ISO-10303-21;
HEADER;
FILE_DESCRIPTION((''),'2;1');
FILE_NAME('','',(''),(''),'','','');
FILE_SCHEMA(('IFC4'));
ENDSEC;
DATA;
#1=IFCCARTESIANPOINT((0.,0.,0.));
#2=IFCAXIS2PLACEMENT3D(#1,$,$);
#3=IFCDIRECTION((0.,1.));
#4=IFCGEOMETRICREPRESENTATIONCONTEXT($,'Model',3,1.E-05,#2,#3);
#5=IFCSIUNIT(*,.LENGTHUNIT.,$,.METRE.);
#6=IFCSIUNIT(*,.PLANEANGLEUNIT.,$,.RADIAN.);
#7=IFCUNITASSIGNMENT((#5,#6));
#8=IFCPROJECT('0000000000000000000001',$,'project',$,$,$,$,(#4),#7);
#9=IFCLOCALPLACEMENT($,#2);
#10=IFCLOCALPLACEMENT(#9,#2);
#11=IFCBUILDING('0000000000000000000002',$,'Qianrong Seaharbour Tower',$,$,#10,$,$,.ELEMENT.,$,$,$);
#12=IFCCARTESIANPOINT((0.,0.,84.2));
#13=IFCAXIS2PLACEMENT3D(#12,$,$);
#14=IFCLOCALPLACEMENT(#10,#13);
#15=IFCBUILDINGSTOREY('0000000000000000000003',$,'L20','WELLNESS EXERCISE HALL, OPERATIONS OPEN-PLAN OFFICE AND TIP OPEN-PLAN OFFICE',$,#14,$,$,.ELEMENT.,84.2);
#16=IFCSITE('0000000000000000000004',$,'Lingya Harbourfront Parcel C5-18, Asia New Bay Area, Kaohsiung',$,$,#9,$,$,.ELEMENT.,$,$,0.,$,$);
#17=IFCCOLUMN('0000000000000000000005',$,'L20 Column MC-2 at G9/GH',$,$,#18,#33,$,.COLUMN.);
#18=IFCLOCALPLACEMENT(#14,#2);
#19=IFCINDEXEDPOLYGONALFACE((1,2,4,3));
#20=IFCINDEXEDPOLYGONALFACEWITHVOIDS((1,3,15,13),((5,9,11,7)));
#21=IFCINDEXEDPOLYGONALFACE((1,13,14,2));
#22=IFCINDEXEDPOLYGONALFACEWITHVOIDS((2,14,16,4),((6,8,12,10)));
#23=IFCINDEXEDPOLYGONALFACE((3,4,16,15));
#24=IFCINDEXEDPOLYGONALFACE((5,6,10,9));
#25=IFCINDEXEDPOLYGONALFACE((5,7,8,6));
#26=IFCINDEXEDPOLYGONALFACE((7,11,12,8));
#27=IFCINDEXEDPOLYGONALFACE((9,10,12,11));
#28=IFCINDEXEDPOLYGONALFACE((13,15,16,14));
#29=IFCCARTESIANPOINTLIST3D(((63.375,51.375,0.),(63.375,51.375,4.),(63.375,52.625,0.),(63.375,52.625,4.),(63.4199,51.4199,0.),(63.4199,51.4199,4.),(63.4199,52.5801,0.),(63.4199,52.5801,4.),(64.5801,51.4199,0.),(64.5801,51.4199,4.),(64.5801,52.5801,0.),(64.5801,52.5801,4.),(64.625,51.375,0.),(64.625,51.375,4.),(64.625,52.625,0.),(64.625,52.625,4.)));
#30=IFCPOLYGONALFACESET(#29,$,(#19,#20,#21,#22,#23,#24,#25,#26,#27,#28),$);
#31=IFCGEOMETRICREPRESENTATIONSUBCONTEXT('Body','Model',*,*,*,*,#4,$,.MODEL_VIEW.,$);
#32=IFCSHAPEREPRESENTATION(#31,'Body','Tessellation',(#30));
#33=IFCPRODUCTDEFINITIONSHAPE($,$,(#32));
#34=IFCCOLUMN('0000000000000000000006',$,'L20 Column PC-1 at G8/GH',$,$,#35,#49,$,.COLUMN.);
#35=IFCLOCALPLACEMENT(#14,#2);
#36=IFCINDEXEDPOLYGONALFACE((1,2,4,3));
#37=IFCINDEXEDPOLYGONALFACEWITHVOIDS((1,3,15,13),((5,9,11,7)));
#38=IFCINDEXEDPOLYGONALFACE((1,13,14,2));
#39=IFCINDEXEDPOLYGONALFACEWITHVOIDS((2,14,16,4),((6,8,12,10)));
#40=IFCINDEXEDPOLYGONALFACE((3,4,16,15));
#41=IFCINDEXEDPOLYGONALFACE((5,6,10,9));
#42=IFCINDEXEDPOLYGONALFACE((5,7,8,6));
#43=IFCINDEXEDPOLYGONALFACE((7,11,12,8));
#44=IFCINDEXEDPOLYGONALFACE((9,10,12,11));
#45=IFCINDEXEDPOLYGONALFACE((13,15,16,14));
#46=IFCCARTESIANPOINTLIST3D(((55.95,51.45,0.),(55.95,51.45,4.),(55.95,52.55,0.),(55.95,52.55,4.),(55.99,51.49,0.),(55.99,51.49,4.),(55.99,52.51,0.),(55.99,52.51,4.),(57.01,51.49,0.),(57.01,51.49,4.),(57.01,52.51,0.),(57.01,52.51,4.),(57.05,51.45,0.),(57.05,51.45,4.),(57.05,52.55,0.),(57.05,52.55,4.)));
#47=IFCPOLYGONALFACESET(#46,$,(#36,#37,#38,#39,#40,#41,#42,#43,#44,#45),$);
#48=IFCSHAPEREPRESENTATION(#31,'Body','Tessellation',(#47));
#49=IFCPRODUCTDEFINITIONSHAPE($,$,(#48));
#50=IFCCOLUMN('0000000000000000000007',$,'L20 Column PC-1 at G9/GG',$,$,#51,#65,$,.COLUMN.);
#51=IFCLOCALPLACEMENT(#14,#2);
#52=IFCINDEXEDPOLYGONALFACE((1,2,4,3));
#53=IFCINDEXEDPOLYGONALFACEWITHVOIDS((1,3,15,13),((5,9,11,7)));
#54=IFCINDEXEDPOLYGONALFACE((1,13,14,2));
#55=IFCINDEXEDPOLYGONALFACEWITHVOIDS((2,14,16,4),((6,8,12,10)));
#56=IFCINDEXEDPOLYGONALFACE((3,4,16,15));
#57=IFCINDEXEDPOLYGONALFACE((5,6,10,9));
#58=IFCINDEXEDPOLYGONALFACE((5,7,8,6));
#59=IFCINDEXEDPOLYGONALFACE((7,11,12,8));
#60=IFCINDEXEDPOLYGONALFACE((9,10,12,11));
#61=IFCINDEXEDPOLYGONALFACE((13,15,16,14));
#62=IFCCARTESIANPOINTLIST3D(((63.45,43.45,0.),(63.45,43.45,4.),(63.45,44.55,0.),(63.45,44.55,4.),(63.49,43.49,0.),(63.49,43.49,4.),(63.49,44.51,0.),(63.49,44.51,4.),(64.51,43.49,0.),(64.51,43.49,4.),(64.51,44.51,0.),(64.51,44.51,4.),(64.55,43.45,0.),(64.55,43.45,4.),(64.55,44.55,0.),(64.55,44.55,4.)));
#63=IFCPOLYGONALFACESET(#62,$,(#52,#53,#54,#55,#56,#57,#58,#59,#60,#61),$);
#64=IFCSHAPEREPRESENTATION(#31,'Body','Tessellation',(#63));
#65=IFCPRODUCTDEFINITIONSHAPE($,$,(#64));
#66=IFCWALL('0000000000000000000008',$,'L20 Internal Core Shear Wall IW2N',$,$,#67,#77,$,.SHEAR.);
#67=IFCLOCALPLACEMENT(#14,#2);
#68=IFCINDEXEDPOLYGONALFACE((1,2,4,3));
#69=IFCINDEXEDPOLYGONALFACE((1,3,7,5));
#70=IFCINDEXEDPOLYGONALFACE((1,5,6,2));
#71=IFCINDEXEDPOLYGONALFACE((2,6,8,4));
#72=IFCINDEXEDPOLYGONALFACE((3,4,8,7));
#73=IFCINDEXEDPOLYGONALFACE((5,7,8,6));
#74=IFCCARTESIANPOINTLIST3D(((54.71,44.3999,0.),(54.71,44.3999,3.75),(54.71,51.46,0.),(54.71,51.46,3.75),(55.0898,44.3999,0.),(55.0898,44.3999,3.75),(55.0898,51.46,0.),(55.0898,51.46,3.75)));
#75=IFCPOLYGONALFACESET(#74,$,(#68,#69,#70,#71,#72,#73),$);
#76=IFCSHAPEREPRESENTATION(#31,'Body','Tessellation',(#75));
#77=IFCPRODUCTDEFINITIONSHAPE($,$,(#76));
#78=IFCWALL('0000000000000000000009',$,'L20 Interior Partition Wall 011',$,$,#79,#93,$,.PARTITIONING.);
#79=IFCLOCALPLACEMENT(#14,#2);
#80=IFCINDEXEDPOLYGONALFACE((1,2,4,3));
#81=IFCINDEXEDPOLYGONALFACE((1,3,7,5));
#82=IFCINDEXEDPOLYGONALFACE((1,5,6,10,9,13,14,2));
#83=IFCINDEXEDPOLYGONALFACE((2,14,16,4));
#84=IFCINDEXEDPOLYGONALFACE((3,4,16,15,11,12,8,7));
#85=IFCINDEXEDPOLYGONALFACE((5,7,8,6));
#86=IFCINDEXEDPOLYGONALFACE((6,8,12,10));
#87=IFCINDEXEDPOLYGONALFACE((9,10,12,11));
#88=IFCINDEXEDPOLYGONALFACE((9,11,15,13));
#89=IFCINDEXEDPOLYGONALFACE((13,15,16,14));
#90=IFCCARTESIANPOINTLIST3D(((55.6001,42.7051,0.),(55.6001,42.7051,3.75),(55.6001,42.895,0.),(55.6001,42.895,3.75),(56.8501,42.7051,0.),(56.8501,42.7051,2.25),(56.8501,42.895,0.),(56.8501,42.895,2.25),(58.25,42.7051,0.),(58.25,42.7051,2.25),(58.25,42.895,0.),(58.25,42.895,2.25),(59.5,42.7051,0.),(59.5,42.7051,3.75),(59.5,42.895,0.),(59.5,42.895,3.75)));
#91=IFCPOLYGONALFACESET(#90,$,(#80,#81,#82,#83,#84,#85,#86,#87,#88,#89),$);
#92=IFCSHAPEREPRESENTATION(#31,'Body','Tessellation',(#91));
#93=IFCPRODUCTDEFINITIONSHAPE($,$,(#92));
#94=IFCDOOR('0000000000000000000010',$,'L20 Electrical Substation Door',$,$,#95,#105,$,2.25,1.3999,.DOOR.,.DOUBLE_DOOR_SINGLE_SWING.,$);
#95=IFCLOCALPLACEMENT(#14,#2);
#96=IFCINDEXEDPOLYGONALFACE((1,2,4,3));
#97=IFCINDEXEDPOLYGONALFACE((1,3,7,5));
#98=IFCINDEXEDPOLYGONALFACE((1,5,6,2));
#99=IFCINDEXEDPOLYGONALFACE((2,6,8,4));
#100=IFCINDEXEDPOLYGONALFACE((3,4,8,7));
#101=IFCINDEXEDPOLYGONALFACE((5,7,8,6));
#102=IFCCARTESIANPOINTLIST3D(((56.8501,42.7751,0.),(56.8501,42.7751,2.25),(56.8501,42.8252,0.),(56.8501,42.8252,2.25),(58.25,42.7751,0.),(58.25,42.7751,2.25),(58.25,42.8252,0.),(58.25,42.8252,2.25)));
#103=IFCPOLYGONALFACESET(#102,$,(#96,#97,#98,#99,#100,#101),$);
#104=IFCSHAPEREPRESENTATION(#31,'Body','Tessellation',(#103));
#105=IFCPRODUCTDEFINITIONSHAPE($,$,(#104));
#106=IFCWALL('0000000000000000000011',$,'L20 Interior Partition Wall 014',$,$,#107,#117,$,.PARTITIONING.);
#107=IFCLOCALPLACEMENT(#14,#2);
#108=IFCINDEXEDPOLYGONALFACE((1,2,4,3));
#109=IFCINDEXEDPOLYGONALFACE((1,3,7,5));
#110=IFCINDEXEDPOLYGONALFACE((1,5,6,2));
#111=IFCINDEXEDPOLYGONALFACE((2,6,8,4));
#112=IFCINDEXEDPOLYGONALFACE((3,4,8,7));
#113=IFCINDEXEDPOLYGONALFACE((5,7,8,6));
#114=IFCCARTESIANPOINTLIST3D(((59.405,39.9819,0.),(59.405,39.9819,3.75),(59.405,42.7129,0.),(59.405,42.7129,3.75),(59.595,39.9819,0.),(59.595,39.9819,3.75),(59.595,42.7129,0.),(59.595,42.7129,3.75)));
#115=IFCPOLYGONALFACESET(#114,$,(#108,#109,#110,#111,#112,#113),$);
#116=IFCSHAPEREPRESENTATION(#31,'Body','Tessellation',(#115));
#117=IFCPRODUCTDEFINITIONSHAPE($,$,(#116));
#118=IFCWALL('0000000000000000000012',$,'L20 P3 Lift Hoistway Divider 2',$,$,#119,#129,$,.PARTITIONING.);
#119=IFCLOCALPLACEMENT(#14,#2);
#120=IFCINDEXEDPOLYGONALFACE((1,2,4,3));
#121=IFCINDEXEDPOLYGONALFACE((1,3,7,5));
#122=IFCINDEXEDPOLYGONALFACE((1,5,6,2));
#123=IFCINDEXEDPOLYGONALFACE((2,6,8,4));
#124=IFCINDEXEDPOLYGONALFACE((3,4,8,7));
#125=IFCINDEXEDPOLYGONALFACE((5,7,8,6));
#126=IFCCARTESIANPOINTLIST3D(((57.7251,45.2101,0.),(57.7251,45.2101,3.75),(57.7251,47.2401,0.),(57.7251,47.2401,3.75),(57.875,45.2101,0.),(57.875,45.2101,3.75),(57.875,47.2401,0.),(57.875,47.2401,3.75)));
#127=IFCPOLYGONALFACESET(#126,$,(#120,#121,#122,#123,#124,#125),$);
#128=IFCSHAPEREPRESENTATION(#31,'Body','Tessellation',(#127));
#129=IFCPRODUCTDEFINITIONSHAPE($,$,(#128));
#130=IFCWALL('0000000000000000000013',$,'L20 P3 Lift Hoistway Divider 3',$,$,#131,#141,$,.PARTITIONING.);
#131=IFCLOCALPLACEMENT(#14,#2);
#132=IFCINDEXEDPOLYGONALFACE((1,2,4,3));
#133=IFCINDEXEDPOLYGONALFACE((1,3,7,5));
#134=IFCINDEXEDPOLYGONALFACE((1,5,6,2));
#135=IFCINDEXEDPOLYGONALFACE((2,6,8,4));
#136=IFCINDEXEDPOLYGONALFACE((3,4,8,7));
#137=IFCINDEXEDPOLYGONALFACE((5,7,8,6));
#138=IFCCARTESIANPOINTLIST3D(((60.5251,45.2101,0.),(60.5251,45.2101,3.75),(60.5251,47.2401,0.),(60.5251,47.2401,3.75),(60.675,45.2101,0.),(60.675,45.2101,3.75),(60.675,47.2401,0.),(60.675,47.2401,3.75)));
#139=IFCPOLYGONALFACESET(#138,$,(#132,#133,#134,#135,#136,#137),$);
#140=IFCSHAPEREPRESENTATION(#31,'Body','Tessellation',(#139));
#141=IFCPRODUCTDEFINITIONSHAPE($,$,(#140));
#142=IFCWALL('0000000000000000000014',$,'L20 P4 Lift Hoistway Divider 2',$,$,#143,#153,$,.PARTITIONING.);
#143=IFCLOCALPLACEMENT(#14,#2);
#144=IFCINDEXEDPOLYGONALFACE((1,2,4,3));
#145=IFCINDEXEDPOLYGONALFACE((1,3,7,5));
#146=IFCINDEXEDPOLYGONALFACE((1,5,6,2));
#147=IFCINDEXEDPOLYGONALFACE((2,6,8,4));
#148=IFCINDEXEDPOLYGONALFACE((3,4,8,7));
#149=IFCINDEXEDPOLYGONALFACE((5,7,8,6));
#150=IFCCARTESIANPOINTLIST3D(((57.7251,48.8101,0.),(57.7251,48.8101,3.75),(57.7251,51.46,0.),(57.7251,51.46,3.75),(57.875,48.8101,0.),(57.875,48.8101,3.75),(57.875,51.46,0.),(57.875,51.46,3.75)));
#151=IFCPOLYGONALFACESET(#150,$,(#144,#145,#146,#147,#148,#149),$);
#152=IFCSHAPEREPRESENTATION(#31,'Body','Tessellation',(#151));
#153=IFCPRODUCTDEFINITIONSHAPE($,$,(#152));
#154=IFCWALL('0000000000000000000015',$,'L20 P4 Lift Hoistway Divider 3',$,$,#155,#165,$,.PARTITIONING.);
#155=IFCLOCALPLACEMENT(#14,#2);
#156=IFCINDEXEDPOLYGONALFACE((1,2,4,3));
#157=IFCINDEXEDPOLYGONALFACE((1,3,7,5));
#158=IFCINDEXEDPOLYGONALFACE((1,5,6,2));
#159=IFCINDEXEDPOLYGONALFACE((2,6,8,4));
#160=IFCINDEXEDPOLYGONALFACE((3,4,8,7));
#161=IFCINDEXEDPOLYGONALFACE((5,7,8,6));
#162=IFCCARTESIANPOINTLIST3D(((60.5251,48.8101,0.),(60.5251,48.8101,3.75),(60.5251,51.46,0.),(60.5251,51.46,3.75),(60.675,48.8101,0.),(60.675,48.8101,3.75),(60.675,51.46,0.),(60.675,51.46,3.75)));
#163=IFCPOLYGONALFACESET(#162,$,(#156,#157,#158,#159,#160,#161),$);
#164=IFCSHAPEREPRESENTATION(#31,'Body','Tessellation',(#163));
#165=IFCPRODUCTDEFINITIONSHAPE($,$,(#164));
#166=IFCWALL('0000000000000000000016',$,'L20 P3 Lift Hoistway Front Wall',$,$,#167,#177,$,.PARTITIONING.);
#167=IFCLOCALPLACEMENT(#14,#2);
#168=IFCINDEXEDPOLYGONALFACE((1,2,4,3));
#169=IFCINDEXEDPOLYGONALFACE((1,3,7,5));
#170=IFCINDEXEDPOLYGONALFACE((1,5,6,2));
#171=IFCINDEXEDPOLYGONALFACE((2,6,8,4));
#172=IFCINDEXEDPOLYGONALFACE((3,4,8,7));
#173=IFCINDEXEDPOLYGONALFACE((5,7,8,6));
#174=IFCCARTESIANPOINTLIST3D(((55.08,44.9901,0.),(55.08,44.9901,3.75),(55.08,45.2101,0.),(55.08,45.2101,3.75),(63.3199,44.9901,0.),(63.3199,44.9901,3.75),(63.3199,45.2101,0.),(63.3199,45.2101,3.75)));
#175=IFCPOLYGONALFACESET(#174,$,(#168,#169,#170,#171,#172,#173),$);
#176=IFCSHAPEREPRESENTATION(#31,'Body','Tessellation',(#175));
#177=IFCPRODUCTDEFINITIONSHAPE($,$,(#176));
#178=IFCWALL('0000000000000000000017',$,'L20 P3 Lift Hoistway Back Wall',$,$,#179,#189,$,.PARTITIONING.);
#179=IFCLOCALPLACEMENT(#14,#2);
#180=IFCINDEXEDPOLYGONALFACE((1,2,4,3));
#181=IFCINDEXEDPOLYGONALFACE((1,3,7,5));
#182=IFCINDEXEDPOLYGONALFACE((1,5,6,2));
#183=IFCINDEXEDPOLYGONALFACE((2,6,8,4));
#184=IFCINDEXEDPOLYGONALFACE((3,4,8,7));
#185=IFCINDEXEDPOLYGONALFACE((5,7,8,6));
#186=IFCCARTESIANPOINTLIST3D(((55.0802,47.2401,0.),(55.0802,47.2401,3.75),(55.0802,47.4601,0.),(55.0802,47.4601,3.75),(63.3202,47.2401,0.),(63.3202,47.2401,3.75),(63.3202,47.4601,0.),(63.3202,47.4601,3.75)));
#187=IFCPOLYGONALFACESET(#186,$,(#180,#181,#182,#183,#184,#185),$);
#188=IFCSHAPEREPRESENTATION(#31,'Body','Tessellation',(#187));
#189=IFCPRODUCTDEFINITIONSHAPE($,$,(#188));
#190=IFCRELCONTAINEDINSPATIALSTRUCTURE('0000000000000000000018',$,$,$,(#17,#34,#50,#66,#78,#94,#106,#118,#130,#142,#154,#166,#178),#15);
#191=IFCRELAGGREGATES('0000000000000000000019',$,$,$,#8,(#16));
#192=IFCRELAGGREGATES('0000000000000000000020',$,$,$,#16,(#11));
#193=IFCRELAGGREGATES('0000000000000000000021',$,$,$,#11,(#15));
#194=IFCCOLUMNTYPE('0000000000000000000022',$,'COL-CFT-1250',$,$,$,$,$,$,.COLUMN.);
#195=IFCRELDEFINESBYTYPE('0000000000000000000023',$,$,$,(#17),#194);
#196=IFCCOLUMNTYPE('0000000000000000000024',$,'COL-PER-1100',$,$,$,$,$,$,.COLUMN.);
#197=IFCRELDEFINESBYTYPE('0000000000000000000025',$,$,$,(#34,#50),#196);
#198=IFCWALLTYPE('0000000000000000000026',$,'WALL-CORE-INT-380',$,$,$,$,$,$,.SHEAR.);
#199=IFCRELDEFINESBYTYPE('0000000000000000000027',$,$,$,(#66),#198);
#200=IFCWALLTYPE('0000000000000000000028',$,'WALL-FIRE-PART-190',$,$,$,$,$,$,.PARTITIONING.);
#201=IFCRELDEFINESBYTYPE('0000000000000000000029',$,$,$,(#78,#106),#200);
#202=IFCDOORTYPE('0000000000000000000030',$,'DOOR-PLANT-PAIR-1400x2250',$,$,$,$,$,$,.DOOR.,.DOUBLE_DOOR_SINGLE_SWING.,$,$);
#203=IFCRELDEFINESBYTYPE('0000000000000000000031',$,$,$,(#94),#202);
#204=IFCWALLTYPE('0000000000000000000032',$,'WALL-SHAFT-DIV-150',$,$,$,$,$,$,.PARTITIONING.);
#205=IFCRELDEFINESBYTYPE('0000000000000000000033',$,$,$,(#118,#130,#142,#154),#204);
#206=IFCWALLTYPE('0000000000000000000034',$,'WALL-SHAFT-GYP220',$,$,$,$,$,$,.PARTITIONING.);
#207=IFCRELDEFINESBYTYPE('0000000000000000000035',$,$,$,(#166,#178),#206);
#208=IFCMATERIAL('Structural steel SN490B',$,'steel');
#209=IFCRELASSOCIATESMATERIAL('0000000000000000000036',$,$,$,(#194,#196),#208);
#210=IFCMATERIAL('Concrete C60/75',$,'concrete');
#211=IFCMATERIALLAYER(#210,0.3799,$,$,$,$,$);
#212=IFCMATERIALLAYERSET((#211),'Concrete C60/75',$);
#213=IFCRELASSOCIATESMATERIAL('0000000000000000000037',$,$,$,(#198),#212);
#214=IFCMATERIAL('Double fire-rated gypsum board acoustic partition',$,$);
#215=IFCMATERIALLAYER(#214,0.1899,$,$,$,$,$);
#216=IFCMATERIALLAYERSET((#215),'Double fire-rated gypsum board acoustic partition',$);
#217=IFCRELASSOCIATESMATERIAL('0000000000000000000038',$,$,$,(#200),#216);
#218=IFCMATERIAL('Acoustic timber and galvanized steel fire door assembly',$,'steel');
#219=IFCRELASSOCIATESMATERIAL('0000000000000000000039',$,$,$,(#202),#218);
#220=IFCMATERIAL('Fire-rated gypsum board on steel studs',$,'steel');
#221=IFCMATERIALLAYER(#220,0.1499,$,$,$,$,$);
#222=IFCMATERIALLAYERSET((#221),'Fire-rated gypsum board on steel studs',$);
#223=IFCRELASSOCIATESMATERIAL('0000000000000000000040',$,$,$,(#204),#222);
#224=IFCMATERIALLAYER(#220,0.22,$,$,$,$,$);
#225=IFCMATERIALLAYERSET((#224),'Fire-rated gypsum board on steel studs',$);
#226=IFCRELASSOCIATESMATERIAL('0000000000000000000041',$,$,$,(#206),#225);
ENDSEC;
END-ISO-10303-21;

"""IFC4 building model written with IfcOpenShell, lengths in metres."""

from ifc_helpers import new_model, si_unit, direction, frame, frame_2d, origin, origin_2d, place, context, subcontext, project, spatial, rectangle, hollow_rectangle, extrude, material, layer, layer_set, material_profile, profile_set, type_object, element, fill, save


model = new_model("IFC4")

# Units and contexts
model_context = context("Model", 3, precision=1e-05, world=origin(), true_north=direction((0.0, 1.0)))
body_context = subcontext(model_context, "Body", "Model", "MODEL_VIEW")
ifc_project = project(units=[si_unit("LENGTHUNIT", "METRE"), si_unit("PLANEANGLEUNIT", "RADIAN")], contexts=[model_context])

# Site, building, storey
site_placement = place(None, origin())
site = spatial("IfcSite", under=ifc_project, at=site_placement, Name="Lingya Harbourfront Parcel C5-18, Asia New Bay Area, Kaohsiung", CompositionType="ELEMENT", RefElevation=0.0)
building_placement = place(site_placement, origin())
building = spatial("IfcBuilding", under=site, at=building_placement, Name="Qianrong Seaharbour Tower", CompositionType="ELEMENT")
storey_placement = place(building_placement, frame((0.0, 0.0, 84.2)))
storey = spatial("IfcBuildingStorey", under=building, at=storey_placement, Name="L20", Description="WELLNESS EXERCISE HALL, OPERATIONS OPEN-PLAN OFFICE AND TIP OPEN-PLAN OFFICE", CompositionType="ELEMENT", Elevation=84.2)

# Columns
ifc_material_1 = material(Name="Structural steel SN490B", Category="steel")
ifc_material_profile_1 = material_profile(ifc_material_1, hollow_rectangle(XDim=1.25, YDim=1.25, WallThickness=0.0449, at=origin_2d()), Name="BOX1250x1250x45")
ifc_profile_set_1 = profile_set([ifc_material_profile_1], Name="Structural steel SN490B")
column_type_1 = type_object("IfcColumnType", Name="COL-CFT-1250", PredefinedType="COLUMN", material=ifc_profile_set_1)
column_placement = place(storey_placement, frame((64.0, 52.0, 0.0), z_axis=(0.0, 0.0, 1.0), x_axis=(1.0, 0.0, 0.0)))
element("IfcColumn", 1, at=column_placement, inside=storey, type_object=column_type_1, Name="L20 Column MC-2 at G9/GH", PredefinedType="COLUMN", context=body_context, shape_type="SweptSolid", body=[
    extrude(hollow_rectangle(XDim=1.25, YDim=1.25, WallThickness=0.0449, at=origin_2d()), origin(), (0.0, 0.0, 1.0), 4.0),
])
ifc_material_profile_2 = material_profile(ifc_material_1, hollow_rectangle(XDim=1.1001, YDim=1.1001, WallThickness=0.04, at=origin_2d()), Name="BOX1100x1100x40")
ifc_profile_set_2 = profile_set([ifc_material_profile_2], Name="Structural steel SN490B")
column_type_2 = type_object("IfcColumnType", Name="COL-PER-1100", PredefinedType="COLUMN", material=ifc_profile_set_2)
for number, where, z_axis, x_axis, name in (
    (2, (56.5, 52.0, 0.0), (0.0, 0.0, 1.0), (1.0, 0.0, 0.0), "L20 Column PC-1 at G8/GH"),
    (3, (64.0, 44.0, 0.0), (0.0, 0.0, 1.0), (1.0, 0.0, 0.0), "L20 Column PC-1 at G9/GG"),
):
    element("IfcColumn", number, at=place(storey_placement, frame(where, z_axis=z_axis, x_axis=x_axis)), inside=storey, type_object=column_type_2, Name=name, PredefinedType="COLUMN", context=body_context, shape_type="SweptSolid", body=[
        extrude(hollow_rectangle(XDim=1.1001, YDim=1.1001, WallThickness=0.04, at=origin_2d()), origin(), (0.0, 0.0, 1.0), 4.0),
    ])

# Wall
ifc_material_2 = material(Name="Concrete C60/75", Category="concrete")
ifc_layer_1 = layer(ifc_material_2, 0.3799)
ifc_layer_set_1 = layer_set([ifc_layer_1], Name="Concrete C60/75")
wall_type_1 = type_object("IfcWallType", Name="WALL-CORE-INT-380", PredefinedType="SHEAR", material=ifc_layer_set_1)
wall_1_placement = place(storey_placement, frame((54.8999, 44.3999, 0.0), z_axis=(0.0, 0.0, 1.0), x_axis=(0.0, 1.0, 0.0)))
element("IfcWall", 4, at=wall_1_placement, inside=storey, type_object=wall_type_1, Name="L20 Internal Core Shear Wall IW2N", PredefinedType="SHEAR", context=body_context, shape_type="SweptSolid", body=[
    extrude(rectangle(XDim=7.0601, YDim=0.3799, at=frame_2d((3.53, 0.0))), origin(), (0.0, 0.0, 1.0), 3.75),
])

# Wall, opening, door
ifc_material_3 = material(Name="Acoustic timber and galvanized steel fire door assembly", Category="steel")
ifc_material_4 = material(Name="Double fire-rated gypsum board acoustic partition")
ifc_layer_2 = layer(ifc_material_4, 0.1899)
ifc_layer_set_2 = layer_set([ifc_layer_2], Name="Double fire-rated gypsum board acoustic partition")
wall_type_2 = type_object("IfcWallType", Name="WALL-FIRE-PART-190", PredefinedType="PARTITIONING", material=ifc_layer_set_2)
wall_2_placement = place(storey_placement, frame((59.5, 42.8, 0.0), z_axis=(0.0, 0.0, 1.0), x_axis=(-1.0, 0.0, 0.0)))
wall_2 = element("IfcWall", 5, at=wall_2_placement, inside=storey, type_object=wall_type_2, Name="L20 Interior Partition Wall 011", PredefinedType="PARTITIONING", context=body_context, shape_type="SweptSolid", body=[
    extrude(rectangle(XDim=3.8999, YDim=0.1899, at=frame_2d((1.95, 0.0))), origin(), (0.0, 0.0, 1.0), 3.75),
])
opening_1_placement = place(wall_2_placement, frame((1.25, 0.0, 0.0)))
opening_1 = element("IfcOpeningElement", 6, at=opening_1_placement, cuts=wall_2, PredefinedType="OPENING", context=body_context, shape_type="SweptSolid", body=[
    extrude(rectangle(XDim=1.3999, YDim=2.25, at=frame_2d((0.7, 1.125))), frame((0.0, 0.105, 0.0), z_axis=(0.0, -1.0, 0.0), x_axis=(1.0, 0.0, 0.0)), (0.0, 0.0, 1.0), 0.21),
])
door_type_1 = type_object("IfcDoorType", Name="DOOR-PLANT-PAIR-1400x2250", OperationType="DOUBLE_DOOR_SINGLE_SWING", PredefinedType="DOOR", material=ifc_material_3)
door_1_placement = place(opening_1_placement, origin())
door_1 = element("IfcDoor", 7, at=door_1_placement, inside=storey, type_object=door_type_1, Name="L20 Electrical Substation Door", OperationType="DOUBLE_DOOR_SINGLE_SWING", OverallHeight=2.25, OverallWidth=1.3999, PredefinedType="DOOR", context=body_context, shape_type="SweptSolid", body=[
    extrude(rectangle(XDim=1.3999, YDim=2.25, at=frame_2d((0.7, 1.125))), frame((0.0, 0.0249, 0.0), z_axis=(0.0, -1.0, 0.0), x_axis=(1.0, 0.0, 0.0)), (0.0, 0.0, 1.0), 0.05),
])
fill(opening_1, door_1)

# Walls
wall_3_placement = place(storey_placement, frame((59.5, 42.7129, 0.0), z_axis=(0.0, 0.0, 1.0), x_axis=(0.0, -1.0, 0.0)))
element("IfcWall", 8, at=wall_3_placement, inside=storey, type_object=wall_type_2, Name="L20 Interior Partition Wall 014", PredefinedType="PARTITIONING", context=body_context, shape_type="SweptSolid", body=[
    extrude(rectangle(XDim=2.731, YDim=0.1899, at=frame_2d((1.3655, 0.0))), origin(), (0.0, 0.0, 1.0), 3.75),
])
ifc_material_5 = material(Name="Fire-rated gypsum board on steel studs", Category="steel")
ifc_layer_3 = layer(ifc_material_5, 0.1499)
ifc_layer_set_3 = layer_set([ifc_layer_3], Name="Fire-rated gypsum board on steel studs")
wall_type_3 = type_object("IfcWallType", Name="WALL-SHAFT-DIV-150", PredefinedType="PARTITIONING", material=ifc_layer_set_3)
for number, where, z_axis, x_axis, name in (
    (9, (57.8, 45.21, 0.0), (0.0, 0.0, 1.0), (0.0, 1.0, 0.0), "L20 P3 Lift Hoistway Divider 2"),
    (10, (60.6001, 45.21, 0.0), (0.0, 0.0, 1.0), (0.0, 1.0, 0.0), "L20 P3 Lift Hoistway Divider 3"),
):
    element("IfcWall", number, at=place(storey_placement, frame(where, z_axis=z_axis, x_axis=x_axis)), inside=storey, type_object=wall_type_3, Name=name, PredefinedType="PARTITIONING", context=body_context, shape_type="SweptSolid", body=[
        extrude(rectangle(XDim=2.03, YDim=0.1499, at=frame_2d((1.0151, 0.0))), origin(), (0.0, 0.0, 1.0), 3.75),
    ])
for number, where, z_axis, x_axis, name in (
    (11, (57.8, 48.8101, 0.0), (0.0, 0.0, 1.0), (0.0, 1.0, 0.0), "L20 P4 Lift Hoistway Divider 2"),
    (12, (60.6001, 48.8101, 0.0), (0.0, 0.0, 1.0), (0.0, 1.0, 0.0), "L20 P4 Lift Hoistway Divider 3"),
):
    element("IfcWall", number, at=place(storey_placement, frame(where, z_axis=z_axis, x_axis=x_axis)), inside=storey, type_object=wall_type_3, Name=name, PredefinedType="PARTITIONING", context=body_context, shape_type="SweptSolid", body=[
        extrude(rectangle(XDim=2.6499, YDim=0.1499, at=frame_2d((1.325, 0.0))), origin(), (0.0, 0.0, 1.0), 3.75),
    ])
ifc_layer_4 = layer(ifc_material_5, 0.22)
ifc_layer_set_4 = layer_set([ifc_layer_4], Name="Fire-rated gypsum board on steel studs")
wall_type_4 = type_object("IfcWallType", Name="WALL-SHAFT-GYP220", PredefinedType="PARTITIONING", material=ifc_layer_set_4)
for number, where, z_axis, x_axis, name in (
    (13, (63.3201, 45.1001, 0.0), (0.0, 0.0, 1.0), (-1.0, 0.0, 0.0), "L20 P3 Lift Hoistway Front Wall"),
    (14, (55.0801, 47.3501, 0.0), (0.0, 0.0, 1.0), (1.0, 0.0, 0.0), "L20 P3 Lift Hoistway Back Wall"),
):
    element("IfcWall", number, at=place(storey_placement, frame(where, z_axis=z_axis, x_axis=x_axis)), inside=storey, type_object=wall_type_4, Name=name, PredefinedType="PARTITIONING", context=body_context, shape_type="SweptSolid", body=[
        extrude(rectangle(XDim=8.24, YDim=0.22, at=frame_2d((4.1201, 0.0))), origin(), (0.0, 0.0, 1.0), 3.75),
    ])

save(model, "model.ifc")
